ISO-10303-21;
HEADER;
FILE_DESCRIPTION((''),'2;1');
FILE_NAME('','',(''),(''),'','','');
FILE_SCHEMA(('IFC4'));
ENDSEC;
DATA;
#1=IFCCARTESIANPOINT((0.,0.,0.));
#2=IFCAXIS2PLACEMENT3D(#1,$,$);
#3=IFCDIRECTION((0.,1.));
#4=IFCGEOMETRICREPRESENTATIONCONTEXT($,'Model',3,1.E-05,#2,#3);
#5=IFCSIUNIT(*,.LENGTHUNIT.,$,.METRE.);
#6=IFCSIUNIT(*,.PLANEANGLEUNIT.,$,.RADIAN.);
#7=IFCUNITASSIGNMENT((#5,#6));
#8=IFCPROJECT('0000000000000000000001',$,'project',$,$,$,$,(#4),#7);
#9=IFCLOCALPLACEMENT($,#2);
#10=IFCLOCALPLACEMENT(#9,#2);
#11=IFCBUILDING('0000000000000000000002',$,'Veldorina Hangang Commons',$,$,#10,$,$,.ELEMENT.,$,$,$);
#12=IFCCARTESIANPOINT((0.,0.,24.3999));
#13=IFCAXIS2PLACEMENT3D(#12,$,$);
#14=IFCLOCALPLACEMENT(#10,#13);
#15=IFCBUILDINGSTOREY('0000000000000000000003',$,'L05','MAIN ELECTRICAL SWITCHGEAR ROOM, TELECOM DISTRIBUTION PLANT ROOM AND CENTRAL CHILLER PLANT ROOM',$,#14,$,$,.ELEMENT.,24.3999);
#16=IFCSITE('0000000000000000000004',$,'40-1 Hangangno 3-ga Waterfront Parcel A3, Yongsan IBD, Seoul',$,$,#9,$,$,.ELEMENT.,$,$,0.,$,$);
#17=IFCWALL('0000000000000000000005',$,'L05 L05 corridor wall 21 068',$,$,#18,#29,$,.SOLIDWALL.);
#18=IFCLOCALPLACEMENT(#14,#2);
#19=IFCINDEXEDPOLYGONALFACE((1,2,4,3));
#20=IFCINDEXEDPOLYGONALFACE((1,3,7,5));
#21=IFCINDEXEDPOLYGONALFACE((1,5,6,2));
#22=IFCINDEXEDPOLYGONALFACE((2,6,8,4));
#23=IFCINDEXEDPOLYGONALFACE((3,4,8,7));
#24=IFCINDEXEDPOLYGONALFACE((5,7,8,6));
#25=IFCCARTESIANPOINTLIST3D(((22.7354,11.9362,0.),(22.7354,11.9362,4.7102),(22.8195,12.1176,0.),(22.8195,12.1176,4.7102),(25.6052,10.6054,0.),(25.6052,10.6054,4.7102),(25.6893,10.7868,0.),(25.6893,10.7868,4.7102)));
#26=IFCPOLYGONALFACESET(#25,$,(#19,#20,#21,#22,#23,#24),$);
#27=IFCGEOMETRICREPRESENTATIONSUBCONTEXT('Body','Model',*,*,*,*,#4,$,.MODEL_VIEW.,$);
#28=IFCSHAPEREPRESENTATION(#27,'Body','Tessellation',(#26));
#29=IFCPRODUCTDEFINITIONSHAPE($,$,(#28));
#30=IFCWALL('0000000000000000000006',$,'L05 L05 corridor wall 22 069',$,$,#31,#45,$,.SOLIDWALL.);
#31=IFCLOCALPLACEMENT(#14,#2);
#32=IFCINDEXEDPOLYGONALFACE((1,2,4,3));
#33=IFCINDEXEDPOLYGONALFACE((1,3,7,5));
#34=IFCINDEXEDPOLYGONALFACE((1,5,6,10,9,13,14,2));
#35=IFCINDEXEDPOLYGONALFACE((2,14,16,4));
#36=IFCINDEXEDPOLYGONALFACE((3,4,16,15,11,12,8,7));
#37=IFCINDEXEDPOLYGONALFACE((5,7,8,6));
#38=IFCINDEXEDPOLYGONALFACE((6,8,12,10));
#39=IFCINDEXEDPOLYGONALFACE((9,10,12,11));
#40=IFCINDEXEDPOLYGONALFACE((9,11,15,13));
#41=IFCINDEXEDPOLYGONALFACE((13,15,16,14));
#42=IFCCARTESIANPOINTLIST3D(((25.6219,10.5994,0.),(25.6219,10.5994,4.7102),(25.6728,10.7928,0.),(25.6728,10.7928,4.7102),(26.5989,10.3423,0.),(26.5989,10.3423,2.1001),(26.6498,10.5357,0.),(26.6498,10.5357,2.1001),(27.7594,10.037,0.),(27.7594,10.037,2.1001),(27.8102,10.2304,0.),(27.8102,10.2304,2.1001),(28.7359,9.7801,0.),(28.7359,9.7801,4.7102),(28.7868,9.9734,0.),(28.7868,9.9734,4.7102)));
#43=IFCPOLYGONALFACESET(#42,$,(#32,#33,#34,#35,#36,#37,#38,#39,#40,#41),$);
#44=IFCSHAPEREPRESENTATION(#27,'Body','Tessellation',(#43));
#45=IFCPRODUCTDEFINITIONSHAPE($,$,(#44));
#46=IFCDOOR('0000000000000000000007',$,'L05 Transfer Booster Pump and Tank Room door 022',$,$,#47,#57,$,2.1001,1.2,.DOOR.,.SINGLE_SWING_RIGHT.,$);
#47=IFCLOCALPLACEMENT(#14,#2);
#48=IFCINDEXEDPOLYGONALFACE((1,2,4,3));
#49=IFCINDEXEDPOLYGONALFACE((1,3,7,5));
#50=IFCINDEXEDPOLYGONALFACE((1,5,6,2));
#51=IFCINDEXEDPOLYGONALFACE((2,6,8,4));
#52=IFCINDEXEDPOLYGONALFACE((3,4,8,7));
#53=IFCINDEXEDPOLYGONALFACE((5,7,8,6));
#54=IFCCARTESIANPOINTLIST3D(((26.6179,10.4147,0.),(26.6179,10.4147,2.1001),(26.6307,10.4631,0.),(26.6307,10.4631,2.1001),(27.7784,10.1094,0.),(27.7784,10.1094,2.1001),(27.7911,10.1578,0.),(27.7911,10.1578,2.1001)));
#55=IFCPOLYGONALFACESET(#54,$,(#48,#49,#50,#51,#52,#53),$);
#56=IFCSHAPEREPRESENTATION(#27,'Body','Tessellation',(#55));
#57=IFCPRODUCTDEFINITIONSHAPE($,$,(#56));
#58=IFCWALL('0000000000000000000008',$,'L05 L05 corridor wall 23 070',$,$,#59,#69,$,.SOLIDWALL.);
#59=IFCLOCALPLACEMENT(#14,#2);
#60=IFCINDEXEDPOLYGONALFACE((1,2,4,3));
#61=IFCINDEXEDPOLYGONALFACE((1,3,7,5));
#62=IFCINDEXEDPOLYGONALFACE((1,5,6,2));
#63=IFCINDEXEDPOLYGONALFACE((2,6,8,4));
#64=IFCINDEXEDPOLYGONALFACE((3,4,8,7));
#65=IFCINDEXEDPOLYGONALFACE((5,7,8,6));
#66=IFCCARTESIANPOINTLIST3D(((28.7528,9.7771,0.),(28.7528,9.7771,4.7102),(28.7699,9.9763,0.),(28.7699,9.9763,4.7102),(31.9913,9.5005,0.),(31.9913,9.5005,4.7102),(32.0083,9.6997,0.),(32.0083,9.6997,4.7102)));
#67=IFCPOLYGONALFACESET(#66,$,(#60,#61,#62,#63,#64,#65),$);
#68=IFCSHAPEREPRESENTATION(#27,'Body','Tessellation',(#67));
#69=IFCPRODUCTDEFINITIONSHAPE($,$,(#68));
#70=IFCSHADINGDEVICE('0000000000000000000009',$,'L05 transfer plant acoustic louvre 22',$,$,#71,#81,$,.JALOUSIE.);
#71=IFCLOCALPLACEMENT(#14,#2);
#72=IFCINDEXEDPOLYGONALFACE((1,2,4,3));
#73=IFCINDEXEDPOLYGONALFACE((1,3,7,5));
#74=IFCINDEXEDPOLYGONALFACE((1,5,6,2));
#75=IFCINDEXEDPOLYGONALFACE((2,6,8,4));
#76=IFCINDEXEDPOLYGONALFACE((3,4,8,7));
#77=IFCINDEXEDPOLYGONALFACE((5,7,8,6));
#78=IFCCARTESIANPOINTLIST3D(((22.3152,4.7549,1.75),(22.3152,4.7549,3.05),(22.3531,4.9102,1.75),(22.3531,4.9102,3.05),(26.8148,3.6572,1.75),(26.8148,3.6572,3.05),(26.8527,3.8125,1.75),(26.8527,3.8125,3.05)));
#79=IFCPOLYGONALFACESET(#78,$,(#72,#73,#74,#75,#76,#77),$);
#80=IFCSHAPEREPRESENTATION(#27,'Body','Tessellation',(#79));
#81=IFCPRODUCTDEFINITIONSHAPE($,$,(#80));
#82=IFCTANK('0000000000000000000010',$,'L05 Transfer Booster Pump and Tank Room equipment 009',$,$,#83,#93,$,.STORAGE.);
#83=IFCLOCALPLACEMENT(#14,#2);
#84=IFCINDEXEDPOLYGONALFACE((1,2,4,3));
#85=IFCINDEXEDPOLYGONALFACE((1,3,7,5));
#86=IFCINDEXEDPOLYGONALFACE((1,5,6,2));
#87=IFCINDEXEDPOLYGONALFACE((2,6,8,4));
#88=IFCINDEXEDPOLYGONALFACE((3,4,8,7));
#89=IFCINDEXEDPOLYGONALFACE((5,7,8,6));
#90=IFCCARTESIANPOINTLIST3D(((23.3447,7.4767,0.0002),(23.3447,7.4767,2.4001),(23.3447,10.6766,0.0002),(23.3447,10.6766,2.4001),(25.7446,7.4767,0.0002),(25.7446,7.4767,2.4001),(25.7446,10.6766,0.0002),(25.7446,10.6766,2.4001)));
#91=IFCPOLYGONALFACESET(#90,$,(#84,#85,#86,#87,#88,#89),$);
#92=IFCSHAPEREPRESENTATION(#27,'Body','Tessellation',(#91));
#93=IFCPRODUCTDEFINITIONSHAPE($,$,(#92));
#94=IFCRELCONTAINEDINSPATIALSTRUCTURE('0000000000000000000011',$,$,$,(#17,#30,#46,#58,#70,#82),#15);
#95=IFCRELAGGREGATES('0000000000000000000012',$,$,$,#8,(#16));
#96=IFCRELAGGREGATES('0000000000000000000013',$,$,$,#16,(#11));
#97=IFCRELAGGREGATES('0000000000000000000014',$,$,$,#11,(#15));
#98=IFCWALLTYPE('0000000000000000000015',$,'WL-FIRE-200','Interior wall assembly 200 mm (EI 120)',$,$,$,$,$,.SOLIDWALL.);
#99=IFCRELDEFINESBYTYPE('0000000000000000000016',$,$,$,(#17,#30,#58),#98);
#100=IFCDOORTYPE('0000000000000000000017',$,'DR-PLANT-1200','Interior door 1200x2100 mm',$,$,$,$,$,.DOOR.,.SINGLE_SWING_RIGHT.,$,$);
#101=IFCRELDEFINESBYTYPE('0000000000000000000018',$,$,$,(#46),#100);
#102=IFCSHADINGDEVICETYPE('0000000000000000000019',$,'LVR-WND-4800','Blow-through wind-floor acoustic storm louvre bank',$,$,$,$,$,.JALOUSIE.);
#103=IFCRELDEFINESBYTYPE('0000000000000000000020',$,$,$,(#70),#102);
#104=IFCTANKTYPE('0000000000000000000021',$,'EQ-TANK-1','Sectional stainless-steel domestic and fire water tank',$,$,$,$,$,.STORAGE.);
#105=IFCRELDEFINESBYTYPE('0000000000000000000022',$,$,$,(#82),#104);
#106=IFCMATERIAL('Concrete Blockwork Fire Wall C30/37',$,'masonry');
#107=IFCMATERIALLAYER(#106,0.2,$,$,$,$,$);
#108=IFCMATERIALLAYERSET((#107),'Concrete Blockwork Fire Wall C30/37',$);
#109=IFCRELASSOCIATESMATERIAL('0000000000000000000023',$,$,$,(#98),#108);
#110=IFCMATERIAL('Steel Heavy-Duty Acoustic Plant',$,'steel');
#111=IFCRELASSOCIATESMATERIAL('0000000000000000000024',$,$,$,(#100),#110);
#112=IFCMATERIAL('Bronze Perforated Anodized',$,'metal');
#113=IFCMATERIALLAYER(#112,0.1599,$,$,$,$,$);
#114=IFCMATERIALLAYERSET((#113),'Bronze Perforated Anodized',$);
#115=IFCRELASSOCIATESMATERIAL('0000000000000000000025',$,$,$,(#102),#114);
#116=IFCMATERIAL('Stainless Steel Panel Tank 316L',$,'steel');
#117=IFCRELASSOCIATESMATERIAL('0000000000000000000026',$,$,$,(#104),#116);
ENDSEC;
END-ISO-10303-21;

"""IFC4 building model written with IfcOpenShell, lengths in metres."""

from ifc_helpers import new_model, si_unit, direction, frame, frame_2d, origin, origin_2d, place, context, subcontext, project, spatial, rectangle, extrude, material, layer, layer_set, type_object, element, fill, save


model = new_model("IFC4")

# Units and contexts
model_context = context("Model", 3, precision=1e-05, world=origin(), true_north=direction((0.0, 1.0)))
body_context = subcontext(model_context, "Body", "Model", "MODEL_VIEW")
ifc_project = project(units=[si_unit("LENGTHUNIT", "METRE"), si_unit("PLANEANGLEUNIT", "RADIAN")], contexts=[model_context])

# Site, building, storey
site_placement = place(None, origin())
site = spatial("IfcSite", under=ifc_project, at=site_placement, Name="40-1 Hangangno 3-ga Waterfront Parcel A3, Yongsan IBD, Seoul", CompositionType="ELEMENT", RefElevation=0.0)
building_placement = place(site_placement, origin())
building = spatial("IfcBuilding", under=site, at=building_placement, Name="Veldorina Hangang Commons", CompositionType="ELEMENT")
storey_placement = place(building_placement, frame((0.0, 0.0, 24.3999)))
storey = spatial("IfcBuildingStorey", under=building, at=storey_placement, Name="L05", Description="MAIN ELECTRICAL SWITCHGEAR ROOM, TELECOM DISTRIBUTION PLANT ROOM AND CENTRAL CHILLER PLANT ROOM", CompositionType="ELEMENT", Elevation=24.3999)

# Shared definitions
ifc_material_1 = material(Name="Concrete Blockwork Fire Wall C30/37", Category="masonry")
ifc_layer_1 = layer(ifc_material_1, 0.2)
ifc_layer_set_1 = layer_set([ifc_layer_1], Name="Concrete Blockwork Fire Wall C30/37")
wall_type_1 = type_object("IfcWallType", Name="WL-FIRE-200", Description="Interior wall assembly 200 mm (EI 120)", PredefinedType="SOLIDWALL", material=ifc_layer_set_1)

# Wall
wall_1_placement = place(storey_placement, frame((22.7776, 12.0269, 0.0), z_axis=(0.0, 0.0, 1.0), x_axis=(0.907206, -0.420687, 0.0)))
element("IfcWall", 1, at=wall_1_placement, inside=storey, type_object=wall_type_1, Name="L05 L05 corridor wall 21 068", PredefinedType="SOLIDWALL", context=body_context, shape_type="SweptSolid", body=[
    extrude(rectangle(XDim=3.1633, YDim=0.2, at=frame_2d((1.5815, 0.0))), origin(), (0.0, 0.0, 1.0), 4.7102),
])

# Wall, opening, door
wall_2_placement = place(storey_placement, frame((25.6475, 10.696, 0.0), z_axis=(0.0, 0.0, 1.0), x_axis=(0.967085, -0.254452, 0.0)))
wall_2 = element("IfcWall", 2, at=wall_2_placement, inside=storey, type_object=wall_type_1, Name="L05 L05 corridor wall 22 069", PredefinedType="SOLIDWALL", context=body_context, shape_type="SweptSolid", body=[
    extrude(rectangle(XDim=3.22, YDim=0.2, at=frame_2d((1.6099, 0.0))), origin(), (0.0, 0.0, 1.0), 4.7102),
])
opening_1_placement = place(wall_2_placement, frame((1.01, 0.0, 0.0)))
opening_1 = element("IfcOpeningElement", 3, at=opening_1_placement, cuts=wall_2, PredefinedType="OPENING", context=body_context, shape_type="SweptSolid", body=[
    extrude(rectangle(XDim=1.2, YDim=2.1001, at=frame_2d((0.6001, 1.05))), frame((0.0, 0.1099, 0.0), z_axis=(0.0, -1.0, 0.0), x_axis=(1.0, 0.0, 0.0)), (0.0, 0.0, 1.0), 0.22),
])
ifc_material_2 = material(Name="Steel Heavy-Duty Acoustic Plant", Category="steel")
door_type_1 = type_object("IfcDoorType", Name="DR-PLANT-1200", Description="Interior door 1200x2100 mm", OperationType="SINGLE_SWING_RIGHT", PredefinedType="DOOR", material=ifc_material_2)
door_1_placement = place(opening_1_placement, origin())
door_1 = element("IfcDoor", 4, at=door_1_placement, inside=storey, type_object=door_type_1, Name="L05 Transfer Booster Pump and Tank Room door 022", OperationType="SINGLE_SWING_RIGHT", OverallHeight=2.1001, OverallWidth=1.2, PredefinedType="DOOR", context=body_context, shape_type="SweptSolid", body=[
    extrude(rectangle(XDim=1.2, YDim=2.1001, at=frame_2d((0.6001, 1.05))), frame((0.0, 0.0249, 0.0), z_axis=(0.0, -1.0, 0.0), x_axis=(1.0, 0.0, 0.0)), (0.0, 0.0, 1.0), 0.05),
])
fill(opening_1, door_1)

# Wall
wall_3_placement = place(storey_placement, frame((28.7615, 9.8767, 0.0), z_axis=(0.0, 0.0, 1.0), x_axis=(0.996372, -0.085103, 0.0)))
element("IfcWall", 5, at=wall_3_placement, inside=storey, type_object=wall_type_1, Name="L05 L05 corridor wall 23 070", PredefinedType="SOLIDWALL", context=body_context, shape_type="SweptSolid", body=[
    extrude(rectangle(XDim=3.2502, YDim=0.2, at=frame_2d((1.625, 0.0))), origin(), (0.0, 0.0, 1.0), 4.7102),
])

# Shading device
ifc_material_3 = material(Name="Bronze Perforated Anodized", Category="metal")
ifc_layer_2 = layer(ifc_material_3, 0.1599)
ifc_layer_set_2 = layer_set([ifc_layer_2], Name="Bronze Perforated Anodized")
shading_device_type = type_object("IfcShadingDeviceType", Name="LVR-WND-4800", Description="Blow-through wind-floor acoustic storm louvre bank", PredefinedType="JALOUSIE", material=ifc_layer_set_2)
shading_device_placement = place(storey_placement, frame((24.584, 4.2837, 1.75), z_axis=(0.0, 0.0, 1.0), x_axis=(0.971508, -0.237008, 0.0)))
element("IfcShadingDevice", 6, at=shading_device_placement, inside=storey, type_object=shading_device_type, Name="L05 transfer plant acoustic louvre 22", PredefinedType="JALOUSIE", context=body_context, shape_type="SweptSolid", body=[
    extrude(rectangle(XDim=4.6316, YDim=0.1599, at=origin_2d()), origin(), (0.0, 0.0, 1.0), 1.3),
])

# Tank
ifc_material_4 = material(Name="Stainless Steel Panel Tank 316L", Category="steel")
tank_type = type_object("IfcTankType", Name="EQ-TANK-1", Description="Sectional stainless-steel domestic and fire water tank", PredefinedType="STORAGE", material=ifc_material_4)
tank_placement = place(storey_placement, frame((24.5447, 9.0767, 0.0002), z_axis=(0.0, 0.0, 1.0), x_axis=(1.0, 0.0, 0.0)))
element("IfcTank", 7, at=tank_placement, inside=storey, type_object=tank_type, Name="L05 Transfer Booster Pump and Tank Room equipment 009", PredefinedType="STORAGE", context=body_context, shape_type="SweptSolid", body=[
    extrude(rectangle(XDim=2.3999, YDim=3.2, at=origin_2d()), origin(), (0.0, 0.0, 1.0), 2.3999),
])

save(model, "model.ifc")
